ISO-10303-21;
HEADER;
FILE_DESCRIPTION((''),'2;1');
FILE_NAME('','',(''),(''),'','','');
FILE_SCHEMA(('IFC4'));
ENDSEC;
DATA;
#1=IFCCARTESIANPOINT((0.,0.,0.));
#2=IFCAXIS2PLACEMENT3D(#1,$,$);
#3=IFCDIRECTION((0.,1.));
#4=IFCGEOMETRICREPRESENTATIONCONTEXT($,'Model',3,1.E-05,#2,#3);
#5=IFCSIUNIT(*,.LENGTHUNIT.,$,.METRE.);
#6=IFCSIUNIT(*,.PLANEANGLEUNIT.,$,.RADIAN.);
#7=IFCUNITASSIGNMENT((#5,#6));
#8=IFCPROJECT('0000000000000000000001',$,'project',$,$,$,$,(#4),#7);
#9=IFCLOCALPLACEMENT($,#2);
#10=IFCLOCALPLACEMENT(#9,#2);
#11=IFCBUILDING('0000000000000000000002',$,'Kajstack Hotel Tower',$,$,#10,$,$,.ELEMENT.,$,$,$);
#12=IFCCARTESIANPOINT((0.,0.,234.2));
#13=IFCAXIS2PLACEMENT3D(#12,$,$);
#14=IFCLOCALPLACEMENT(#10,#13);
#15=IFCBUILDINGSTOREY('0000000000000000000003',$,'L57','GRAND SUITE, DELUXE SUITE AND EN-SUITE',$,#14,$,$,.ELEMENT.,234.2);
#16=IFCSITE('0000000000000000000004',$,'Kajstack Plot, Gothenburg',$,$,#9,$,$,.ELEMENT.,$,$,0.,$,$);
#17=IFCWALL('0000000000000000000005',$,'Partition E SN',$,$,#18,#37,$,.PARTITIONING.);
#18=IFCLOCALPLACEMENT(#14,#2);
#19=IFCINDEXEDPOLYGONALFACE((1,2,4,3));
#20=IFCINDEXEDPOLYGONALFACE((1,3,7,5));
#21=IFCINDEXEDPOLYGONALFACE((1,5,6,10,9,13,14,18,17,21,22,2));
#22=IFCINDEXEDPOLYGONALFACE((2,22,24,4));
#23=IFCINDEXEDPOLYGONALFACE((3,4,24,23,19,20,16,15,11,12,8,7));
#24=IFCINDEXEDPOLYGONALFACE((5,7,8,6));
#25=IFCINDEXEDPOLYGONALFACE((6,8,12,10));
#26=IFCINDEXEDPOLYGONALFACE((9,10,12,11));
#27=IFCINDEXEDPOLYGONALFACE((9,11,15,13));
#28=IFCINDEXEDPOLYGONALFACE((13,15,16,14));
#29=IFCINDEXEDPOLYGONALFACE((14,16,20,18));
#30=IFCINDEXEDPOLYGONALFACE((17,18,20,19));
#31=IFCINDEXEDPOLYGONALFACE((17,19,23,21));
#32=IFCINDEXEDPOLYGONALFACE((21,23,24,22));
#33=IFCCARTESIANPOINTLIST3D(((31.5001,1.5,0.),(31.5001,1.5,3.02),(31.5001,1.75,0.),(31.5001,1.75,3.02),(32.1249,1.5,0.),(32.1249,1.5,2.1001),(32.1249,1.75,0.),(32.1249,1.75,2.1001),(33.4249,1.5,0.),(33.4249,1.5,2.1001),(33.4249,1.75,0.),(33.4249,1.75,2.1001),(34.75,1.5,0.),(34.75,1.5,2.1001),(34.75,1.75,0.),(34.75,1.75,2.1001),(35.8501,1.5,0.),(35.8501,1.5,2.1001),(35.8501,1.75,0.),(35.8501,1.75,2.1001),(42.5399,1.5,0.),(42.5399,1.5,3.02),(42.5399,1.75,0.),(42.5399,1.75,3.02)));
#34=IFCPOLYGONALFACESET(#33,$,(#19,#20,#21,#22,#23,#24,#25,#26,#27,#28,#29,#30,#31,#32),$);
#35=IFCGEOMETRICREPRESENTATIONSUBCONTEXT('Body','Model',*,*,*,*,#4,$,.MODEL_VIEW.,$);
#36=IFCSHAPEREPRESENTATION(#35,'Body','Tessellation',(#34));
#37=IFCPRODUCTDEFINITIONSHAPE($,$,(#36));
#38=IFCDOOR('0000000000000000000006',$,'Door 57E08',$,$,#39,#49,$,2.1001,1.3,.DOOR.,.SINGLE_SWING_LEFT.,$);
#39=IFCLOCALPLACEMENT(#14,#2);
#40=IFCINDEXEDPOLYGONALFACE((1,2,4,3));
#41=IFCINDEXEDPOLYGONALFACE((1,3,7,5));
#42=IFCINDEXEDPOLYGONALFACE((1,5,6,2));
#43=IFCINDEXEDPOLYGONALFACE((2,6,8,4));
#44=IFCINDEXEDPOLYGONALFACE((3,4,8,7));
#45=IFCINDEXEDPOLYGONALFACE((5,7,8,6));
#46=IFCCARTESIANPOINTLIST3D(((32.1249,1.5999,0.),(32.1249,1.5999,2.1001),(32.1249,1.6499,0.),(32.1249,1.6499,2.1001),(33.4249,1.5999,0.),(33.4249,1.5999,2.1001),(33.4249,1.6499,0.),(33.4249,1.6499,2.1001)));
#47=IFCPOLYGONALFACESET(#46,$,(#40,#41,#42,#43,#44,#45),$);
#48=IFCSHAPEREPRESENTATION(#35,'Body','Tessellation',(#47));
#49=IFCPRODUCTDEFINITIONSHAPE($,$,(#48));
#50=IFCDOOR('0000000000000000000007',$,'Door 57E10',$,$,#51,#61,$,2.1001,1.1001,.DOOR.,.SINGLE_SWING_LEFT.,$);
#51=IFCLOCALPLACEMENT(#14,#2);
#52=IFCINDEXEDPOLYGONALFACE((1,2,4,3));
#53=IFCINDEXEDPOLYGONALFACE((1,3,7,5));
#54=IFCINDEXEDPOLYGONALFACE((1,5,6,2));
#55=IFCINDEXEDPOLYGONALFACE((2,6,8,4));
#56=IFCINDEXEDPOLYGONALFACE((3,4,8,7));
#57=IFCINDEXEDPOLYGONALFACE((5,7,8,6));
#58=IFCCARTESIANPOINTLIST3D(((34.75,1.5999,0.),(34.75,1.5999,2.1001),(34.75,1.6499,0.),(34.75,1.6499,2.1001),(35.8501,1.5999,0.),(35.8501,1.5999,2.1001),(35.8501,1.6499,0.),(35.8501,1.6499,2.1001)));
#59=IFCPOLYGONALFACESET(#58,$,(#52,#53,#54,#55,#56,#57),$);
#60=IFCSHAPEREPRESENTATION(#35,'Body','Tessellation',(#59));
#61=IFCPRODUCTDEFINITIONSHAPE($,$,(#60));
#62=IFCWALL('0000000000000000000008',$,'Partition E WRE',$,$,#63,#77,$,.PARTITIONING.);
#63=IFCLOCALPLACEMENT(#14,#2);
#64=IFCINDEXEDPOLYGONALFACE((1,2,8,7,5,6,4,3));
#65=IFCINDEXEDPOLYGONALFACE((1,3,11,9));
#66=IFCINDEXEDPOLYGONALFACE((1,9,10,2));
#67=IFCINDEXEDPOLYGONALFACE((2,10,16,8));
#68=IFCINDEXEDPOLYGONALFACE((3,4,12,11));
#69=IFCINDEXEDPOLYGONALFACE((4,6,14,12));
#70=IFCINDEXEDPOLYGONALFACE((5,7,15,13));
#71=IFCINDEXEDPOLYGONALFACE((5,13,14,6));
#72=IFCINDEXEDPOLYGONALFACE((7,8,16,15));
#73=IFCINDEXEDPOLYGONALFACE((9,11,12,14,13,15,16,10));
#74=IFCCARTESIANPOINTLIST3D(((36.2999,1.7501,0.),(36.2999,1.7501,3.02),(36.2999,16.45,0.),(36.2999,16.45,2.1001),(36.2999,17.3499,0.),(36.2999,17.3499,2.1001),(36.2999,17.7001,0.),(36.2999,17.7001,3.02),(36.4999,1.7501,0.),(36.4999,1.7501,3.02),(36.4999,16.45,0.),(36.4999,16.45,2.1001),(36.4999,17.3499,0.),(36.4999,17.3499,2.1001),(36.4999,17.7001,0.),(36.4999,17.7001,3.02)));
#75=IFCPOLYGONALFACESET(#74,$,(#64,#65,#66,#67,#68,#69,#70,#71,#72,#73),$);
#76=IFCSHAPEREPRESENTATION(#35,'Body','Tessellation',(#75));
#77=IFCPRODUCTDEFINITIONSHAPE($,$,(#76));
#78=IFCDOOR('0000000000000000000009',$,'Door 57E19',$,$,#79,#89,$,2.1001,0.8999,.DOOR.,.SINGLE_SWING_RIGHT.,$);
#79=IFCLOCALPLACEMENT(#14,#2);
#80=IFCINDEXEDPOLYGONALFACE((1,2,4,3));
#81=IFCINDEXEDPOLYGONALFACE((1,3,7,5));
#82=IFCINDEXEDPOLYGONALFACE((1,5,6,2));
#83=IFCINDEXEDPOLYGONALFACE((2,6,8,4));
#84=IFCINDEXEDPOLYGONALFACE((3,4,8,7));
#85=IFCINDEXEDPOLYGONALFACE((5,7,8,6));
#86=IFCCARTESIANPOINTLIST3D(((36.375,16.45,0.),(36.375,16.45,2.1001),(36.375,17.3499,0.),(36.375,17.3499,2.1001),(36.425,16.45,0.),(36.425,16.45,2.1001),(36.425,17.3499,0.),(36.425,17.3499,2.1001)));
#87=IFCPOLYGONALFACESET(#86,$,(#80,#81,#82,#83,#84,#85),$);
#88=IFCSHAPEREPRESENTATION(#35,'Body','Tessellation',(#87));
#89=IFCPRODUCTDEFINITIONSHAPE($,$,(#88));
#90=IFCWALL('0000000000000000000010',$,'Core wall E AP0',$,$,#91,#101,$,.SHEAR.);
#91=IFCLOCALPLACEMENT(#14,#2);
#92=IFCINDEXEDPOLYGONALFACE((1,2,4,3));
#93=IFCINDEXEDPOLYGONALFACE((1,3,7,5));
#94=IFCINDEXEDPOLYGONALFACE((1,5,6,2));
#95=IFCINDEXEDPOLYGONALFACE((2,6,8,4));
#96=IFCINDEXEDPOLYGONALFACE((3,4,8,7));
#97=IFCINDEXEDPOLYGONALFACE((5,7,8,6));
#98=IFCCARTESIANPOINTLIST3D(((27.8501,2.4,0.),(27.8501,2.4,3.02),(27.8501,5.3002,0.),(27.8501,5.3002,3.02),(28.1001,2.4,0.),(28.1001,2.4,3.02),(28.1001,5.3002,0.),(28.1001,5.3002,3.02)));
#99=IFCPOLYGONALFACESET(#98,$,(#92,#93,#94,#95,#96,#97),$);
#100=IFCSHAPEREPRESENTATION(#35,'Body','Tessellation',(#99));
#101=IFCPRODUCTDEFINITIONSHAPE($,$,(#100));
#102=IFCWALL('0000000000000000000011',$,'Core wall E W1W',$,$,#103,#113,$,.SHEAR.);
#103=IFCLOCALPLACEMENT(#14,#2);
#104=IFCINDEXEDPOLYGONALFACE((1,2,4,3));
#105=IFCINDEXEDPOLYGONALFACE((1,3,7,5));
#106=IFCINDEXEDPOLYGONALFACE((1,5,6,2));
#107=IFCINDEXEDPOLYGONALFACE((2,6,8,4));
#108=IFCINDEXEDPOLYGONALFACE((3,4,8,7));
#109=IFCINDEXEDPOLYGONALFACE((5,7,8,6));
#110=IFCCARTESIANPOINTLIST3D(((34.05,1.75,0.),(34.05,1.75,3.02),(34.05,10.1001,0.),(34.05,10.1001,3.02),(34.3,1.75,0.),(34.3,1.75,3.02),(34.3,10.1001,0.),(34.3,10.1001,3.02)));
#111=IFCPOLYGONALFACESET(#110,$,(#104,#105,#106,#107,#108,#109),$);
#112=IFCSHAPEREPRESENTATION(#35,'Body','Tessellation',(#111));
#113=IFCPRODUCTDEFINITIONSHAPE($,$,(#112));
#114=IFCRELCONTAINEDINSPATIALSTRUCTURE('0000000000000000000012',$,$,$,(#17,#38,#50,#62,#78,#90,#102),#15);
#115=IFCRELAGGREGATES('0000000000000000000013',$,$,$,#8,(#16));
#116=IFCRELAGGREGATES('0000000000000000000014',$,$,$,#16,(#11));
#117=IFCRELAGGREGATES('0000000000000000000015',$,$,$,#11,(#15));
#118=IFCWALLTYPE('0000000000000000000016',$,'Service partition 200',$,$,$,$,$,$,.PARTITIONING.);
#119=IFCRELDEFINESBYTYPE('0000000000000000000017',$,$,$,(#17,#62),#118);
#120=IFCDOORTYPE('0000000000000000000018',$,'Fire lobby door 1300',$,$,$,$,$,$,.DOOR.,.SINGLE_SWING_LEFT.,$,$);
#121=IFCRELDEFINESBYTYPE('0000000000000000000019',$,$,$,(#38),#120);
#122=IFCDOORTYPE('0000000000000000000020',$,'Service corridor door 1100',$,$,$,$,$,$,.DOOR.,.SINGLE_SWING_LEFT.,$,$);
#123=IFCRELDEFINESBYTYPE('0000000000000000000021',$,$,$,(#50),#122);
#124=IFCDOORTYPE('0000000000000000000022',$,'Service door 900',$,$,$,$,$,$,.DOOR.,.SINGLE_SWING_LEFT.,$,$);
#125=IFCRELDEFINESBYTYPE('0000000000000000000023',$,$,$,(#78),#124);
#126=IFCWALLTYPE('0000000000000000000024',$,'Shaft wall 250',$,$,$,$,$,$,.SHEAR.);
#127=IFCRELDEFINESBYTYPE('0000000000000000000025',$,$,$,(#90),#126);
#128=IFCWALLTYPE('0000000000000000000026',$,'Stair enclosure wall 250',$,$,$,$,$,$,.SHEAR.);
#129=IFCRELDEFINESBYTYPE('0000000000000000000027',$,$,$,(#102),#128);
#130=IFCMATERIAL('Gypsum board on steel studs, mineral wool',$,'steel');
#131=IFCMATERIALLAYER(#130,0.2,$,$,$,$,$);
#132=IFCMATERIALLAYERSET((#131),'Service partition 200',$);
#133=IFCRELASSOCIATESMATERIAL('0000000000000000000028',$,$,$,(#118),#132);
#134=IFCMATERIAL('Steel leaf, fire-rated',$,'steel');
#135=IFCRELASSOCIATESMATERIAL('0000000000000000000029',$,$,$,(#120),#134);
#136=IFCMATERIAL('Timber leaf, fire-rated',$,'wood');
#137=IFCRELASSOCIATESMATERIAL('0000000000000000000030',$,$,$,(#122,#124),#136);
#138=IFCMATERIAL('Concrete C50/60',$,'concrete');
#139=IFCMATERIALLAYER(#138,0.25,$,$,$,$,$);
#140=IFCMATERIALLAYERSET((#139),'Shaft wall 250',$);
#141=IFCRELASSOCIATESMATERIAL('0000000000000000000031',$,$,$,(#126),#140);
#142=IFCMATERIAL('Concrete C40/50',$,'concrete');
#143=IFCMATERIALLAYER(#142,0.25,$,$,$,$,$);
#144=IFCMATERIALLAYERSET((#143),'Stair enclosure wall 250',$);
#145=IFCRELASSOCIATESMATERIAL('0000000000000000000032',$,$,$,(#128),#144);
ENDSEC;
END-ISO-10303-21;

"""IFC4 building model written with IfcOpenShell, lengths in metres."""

from ifc_helpers import new_model, si_unit, direction, frame, frame_2d, origin, place, context, subcontext, project, spatial, rectangle, extrude, material, layer, layer_set, type_object, element, fill, save


model = new_model("IFC4")

# Units and contexts
model_context = context("Model", 3, precision=1e-05, world=origin(), true_north=direction((0.0, 1.0)))
body_context = subcontext(model_context, "Body", "Model", "MODEL_VIEW")
ifc_project = project(units=[si_unit("LENGTHUNIT", "METRE"), si_unit("PLANEANGLEUNIT", "RADIAN")], contexts=[model_context])

# Site, building, storey
site_placement = place(None, origin())
site = spatial("IfcSite", under=ifc_project, at=site_placement, Name="Kajstack Plot, Gothenburg", CompositionType="ELEMENT", RefElevation=0.0)
building_placement = place(site_placement, origin())
building = spatial("IfcBuilding", under=site, at=building_placement, Name="Kajstack Hotel Tower", CompositionType="ELEMENT")
storey_placement = place(building_placement, frame((0.0, 0.0, 234.2)))
storey = spatial("IfcBuildingStorey", under=building, at=storey_placement, Name="L57", Description="GRAND SUITE, DELUXE SUITE AND EN-SUITE", CompositionType="ELEMENT", Elevation=234.2)

# Shared definitions
ifc_material_1 = material(Name="Concrete C50/60", Category="concrete")

# Wall, openings, doors
ifc_material_2 = material(Name="Gypsum board on steel studs, mineral wool", Category="steel")
ifc_layer_1 = layer(ifc_material_2, 0.2)
ifc_layer_set_1 = layer_set([ifc_layer_1], Name="Service partition 200")
wall_type_1 = type_object("IfcWallType", Name="Service partition 200", PredefinedType="PARTITIONING", material=ifc_layer_set_1)
wall_1_placement = place(storey_placement, frame((31.5, 1.625, 0.0), z_axis=(0.0, 0.0, 1.0), x_axis=(1.0, 0.0, 0.0)))
wall_1 = element("IfcWall", 1, at=wall_1_placement, inside=storey, type_object=wall_type_1, Name="Partition E SN", PredefinedType="PARTITIONING", context=body_context, shape_type="SweptSolid", body=[
    extrude(rectangle(XDim=11.0398, YDim=0.25, at=frame_2d((5.52, 0.0))), origin(), (0.0, 0.0, 1.0), 3.02),
])
opening_1_placement = place(wall_1_placement, frame((0.625, 0.0, 0.0)))
opening_1 = element("IfcOpeningElement", 2, at=opening_1_placement, cuts=wall_1, PredefinedType="OPENING", context=body_context, shape_type="SweptSolid", body=[
    extrude(rectangle(XDim=1.3, YDim=2.1001, at=frame_2d((0.6499, 1.05))), frame((0.0, 0.135, 0.0), z_axis=(0.0, -1.0, 0.0), x_axis=(1.0, 0.0, 0.0)), (0.0, 0.0, 1.0), 0.27),
])
opening_2_placement = place(wall_1_placement, frame((3.25, 0.0, 0.0)))
opening_2 = element("IfcOpeningElement", 3, at=opening_2_placement, cuts=wall_1, PredefinedType="OPENING", context=body_context, shape_type="SweptSolid", body=[
    extrude(rectangle(XDim=1.1001, YDim=2.1001, at=frame_2d((0.55, 1.05))), frame((0.0, 0.135, 0.0), z_axis=(0.0, -1.0, 0.0), x_axis=(1.0, 0.0, 0.0)), (0.0, 0.0, 1.0), 0.27),
])
ifc_material_3 = material(Name="Steel leaf, fire-rated", Category="steel")
door_type_1 = type_object("IfcDoorType", Name="Fire lobby door 1300", OperationType="SINGLE_SWING_LEFT", PredefinedType="DOOR", material=ifc_material_3)
door_1_placement = place(opening_1_placement, origin())
door_1 = element("IfcDoor", 4, at=door_1_placement, inside=storey, type_object=door_type_1, Name="Door 57E08", OperationType="SINGLE_SWING_LEFT", OverallHeight=2.1001, OverallWidth=1.3, PredefinedType="DOOR", context=body_context, shape_type="SweptSolid", body=[
    extrude(rectangle(XDim=1.3, YDim=2.1001, at=frame_2d((0.6499, 1.05))), frame((0.0, 0.0249, 0.0), z_axis=(0.0, -1.0, 0.0), x_axis=(1.0, 0.0, 0.0)), (0.0, 0.0, 1.0), 0.05),
])
fill(opening_1, door_1)
ifc_material_4 = material(Name="Timber leaf, fire-rated", Category="wood")
door_type_2 = type_object("IfcDoorType", Name="Service corridor door 1100", OperationType="SINGLE_SWING_LEFT", PredefinedType="DOOR", material=ifc_material_4)
door_2_placement = place(opening_2_placement, origin())
door_2 = element("IfcDoor", 5, at=door_2_placement, inside=storey, type_object=door_type_2, Name="Door 57E10", OperationType="SINGLE_SWING_LEFT", OverallHeight=2.1001, OverallWidth=1.1001, PredefinedType="DOOR", context=body_context, shape_type="SweptSolid", body=[
    extrude(rectangle(XDim=1.1001, YDim=2.1001, at=frame_2d((0.55, 1.05))), frame((0.0, 0.0249, 0.0), z_axis=(0.0, -1.0, 0.0), x_axis=(1.0, 0.0, 0.0)), (0.0, 0.0, 1.0), 0.05),
])
fill(opening_2, door_2)

# Wall, opening, door
wall_2_placement = place(storey_placement, frame((36.3999, 1.75, 0.0), z_axis=(0.0, 0.0, 1.0), x_axis=(0.0, 1.0, 0.0)))
wall_2 = element("IfcWall", 6, at=wall_2_placement, inside=storey, type_object=wall_type_1, Name="Partition E WRE", PredefinedType="PARTITIONING", context=body_context, shape_type="SweptSolid", body=[
    extrude(rectangle(XDim=15.95, YDim=0.2, at=frame_2d((7.9751, 0.0))), origin(), (0.0, 0.0, 1.0), 3.02),
])
opening_3_placement = place(wall_2_placement, frame((14.7, 0.0, 0.0)))
opening_3 = element("IfcOpeningElement", 7, at=opening_3_placement, cuts=wall_2, PredefinedType="OPENING", context=body_context, shape_type="SweptSolid", body=[
    extrude(rectangle(XDim=0.8999, YDim=2.1001, at=frame_2d((0.45, 1.05))), frame((0.0, 0.1099, 0.0), z_axis=(0.0, -1.0, 0.0), x_axis=(1.0, 0.0, 0.0)), (0.0, 0.0, 1.0), 0.22),
])
door_type_3 = type_object("IfcDoorType", Name="Service door 900", OperationType="SINGLE_SWING_LEFT", PredefinedType="DOOR", material=ifc_material_4)
door_3_placement = place(opening_3_placement, origin())
door_3 = element("IfcDoor", 8, at=door_3_placement, inside=storey, type_object=door_type_3, Name="Door 57E19", OperationType="SINGLE_SWING_RIGHT", OverallHeight=2.1001, OverallWidth=0.8999, PredefinedType="DOOR", context=body_context, shape_type="SweptSolid", body=[
    extrude(rectangle(XDim=0.8999, YDim=2.1001, at=frame_2d((0.45, 1.05))), frame((0.0, 0.0249, 0.0), z_axis=(0.0, -1.0, 0.0), x_axis=(1.0, 0.0, 0.0)), (0.0, 0.0, 1.0), 0.05),
])
fill(opening_3, door_3)

# Walls
ifc_layer_2 = layer(ifc_material_1, 0.25)
ifc_layer_set_2 = layer_set([ifc_layer_2], Name="Shaft wall 250")
wall_type_2 = type_object("IfcWallType", Name="Shaft wall 250", PredefinedType="SHEAR", material=ifc_layer_set_2)
wall_3_placement = place(storey_placement, frame((27.9751, 2.3999, 0.0), z_axis=(0.0, 0.0, 1.0), x_axis=(0.0, 1.0, 0.0)))
element("IfcWall", 9, at=wall_3_placement, inside=storey, type_object=wall_type_2, Name="Core wall E AP0", PredefinedType="SHEAR", context=body_context, shape_type="SweptSolid", body=[
    extrude(rectangle(XDim=2.9001, YDim=0.25, at=frame_2d((1.4502, 0.0))), origin(), (0.0, 0.0, 1.0), 3.02),
])
ifc_material_5 = material(Name="Concrete C40/50", Category="concrete")
ifc_layer_3 = layer(ifc_material_5, 0.25)
ifc_layer_set_3 = layer_set([ifc_layer_3], Name="Stair enclosure wall 250")
wall_type_3 = type_object("IfcWallType", Name="Stair enclosure wall 250", PredefinedType="SHEAR", material=ifc_layer_set_3)
wall_4_placement = place(storey_placement, frame((34.175, 1.75, 0.0), z_axis=(0.0, 0.0, 1.0), x_axis=(0.0, 1.0, 0.0)))
element("IfcWall", 10, at=wall_4_placement, inside=storey, type_object=wall_type_3, Name="Core wall E W1W", PredefinedType="SHEAR", context=body_context, shape_type="SweptSolid", body=[
    extrude(rectangle(XDim=8.3501, YDim=0.25, at=frame_2d((4.175, 0.0))), origin(), (0.0, 0.0, 1.0), 3.02),
])

save(model, "model.ifc")
